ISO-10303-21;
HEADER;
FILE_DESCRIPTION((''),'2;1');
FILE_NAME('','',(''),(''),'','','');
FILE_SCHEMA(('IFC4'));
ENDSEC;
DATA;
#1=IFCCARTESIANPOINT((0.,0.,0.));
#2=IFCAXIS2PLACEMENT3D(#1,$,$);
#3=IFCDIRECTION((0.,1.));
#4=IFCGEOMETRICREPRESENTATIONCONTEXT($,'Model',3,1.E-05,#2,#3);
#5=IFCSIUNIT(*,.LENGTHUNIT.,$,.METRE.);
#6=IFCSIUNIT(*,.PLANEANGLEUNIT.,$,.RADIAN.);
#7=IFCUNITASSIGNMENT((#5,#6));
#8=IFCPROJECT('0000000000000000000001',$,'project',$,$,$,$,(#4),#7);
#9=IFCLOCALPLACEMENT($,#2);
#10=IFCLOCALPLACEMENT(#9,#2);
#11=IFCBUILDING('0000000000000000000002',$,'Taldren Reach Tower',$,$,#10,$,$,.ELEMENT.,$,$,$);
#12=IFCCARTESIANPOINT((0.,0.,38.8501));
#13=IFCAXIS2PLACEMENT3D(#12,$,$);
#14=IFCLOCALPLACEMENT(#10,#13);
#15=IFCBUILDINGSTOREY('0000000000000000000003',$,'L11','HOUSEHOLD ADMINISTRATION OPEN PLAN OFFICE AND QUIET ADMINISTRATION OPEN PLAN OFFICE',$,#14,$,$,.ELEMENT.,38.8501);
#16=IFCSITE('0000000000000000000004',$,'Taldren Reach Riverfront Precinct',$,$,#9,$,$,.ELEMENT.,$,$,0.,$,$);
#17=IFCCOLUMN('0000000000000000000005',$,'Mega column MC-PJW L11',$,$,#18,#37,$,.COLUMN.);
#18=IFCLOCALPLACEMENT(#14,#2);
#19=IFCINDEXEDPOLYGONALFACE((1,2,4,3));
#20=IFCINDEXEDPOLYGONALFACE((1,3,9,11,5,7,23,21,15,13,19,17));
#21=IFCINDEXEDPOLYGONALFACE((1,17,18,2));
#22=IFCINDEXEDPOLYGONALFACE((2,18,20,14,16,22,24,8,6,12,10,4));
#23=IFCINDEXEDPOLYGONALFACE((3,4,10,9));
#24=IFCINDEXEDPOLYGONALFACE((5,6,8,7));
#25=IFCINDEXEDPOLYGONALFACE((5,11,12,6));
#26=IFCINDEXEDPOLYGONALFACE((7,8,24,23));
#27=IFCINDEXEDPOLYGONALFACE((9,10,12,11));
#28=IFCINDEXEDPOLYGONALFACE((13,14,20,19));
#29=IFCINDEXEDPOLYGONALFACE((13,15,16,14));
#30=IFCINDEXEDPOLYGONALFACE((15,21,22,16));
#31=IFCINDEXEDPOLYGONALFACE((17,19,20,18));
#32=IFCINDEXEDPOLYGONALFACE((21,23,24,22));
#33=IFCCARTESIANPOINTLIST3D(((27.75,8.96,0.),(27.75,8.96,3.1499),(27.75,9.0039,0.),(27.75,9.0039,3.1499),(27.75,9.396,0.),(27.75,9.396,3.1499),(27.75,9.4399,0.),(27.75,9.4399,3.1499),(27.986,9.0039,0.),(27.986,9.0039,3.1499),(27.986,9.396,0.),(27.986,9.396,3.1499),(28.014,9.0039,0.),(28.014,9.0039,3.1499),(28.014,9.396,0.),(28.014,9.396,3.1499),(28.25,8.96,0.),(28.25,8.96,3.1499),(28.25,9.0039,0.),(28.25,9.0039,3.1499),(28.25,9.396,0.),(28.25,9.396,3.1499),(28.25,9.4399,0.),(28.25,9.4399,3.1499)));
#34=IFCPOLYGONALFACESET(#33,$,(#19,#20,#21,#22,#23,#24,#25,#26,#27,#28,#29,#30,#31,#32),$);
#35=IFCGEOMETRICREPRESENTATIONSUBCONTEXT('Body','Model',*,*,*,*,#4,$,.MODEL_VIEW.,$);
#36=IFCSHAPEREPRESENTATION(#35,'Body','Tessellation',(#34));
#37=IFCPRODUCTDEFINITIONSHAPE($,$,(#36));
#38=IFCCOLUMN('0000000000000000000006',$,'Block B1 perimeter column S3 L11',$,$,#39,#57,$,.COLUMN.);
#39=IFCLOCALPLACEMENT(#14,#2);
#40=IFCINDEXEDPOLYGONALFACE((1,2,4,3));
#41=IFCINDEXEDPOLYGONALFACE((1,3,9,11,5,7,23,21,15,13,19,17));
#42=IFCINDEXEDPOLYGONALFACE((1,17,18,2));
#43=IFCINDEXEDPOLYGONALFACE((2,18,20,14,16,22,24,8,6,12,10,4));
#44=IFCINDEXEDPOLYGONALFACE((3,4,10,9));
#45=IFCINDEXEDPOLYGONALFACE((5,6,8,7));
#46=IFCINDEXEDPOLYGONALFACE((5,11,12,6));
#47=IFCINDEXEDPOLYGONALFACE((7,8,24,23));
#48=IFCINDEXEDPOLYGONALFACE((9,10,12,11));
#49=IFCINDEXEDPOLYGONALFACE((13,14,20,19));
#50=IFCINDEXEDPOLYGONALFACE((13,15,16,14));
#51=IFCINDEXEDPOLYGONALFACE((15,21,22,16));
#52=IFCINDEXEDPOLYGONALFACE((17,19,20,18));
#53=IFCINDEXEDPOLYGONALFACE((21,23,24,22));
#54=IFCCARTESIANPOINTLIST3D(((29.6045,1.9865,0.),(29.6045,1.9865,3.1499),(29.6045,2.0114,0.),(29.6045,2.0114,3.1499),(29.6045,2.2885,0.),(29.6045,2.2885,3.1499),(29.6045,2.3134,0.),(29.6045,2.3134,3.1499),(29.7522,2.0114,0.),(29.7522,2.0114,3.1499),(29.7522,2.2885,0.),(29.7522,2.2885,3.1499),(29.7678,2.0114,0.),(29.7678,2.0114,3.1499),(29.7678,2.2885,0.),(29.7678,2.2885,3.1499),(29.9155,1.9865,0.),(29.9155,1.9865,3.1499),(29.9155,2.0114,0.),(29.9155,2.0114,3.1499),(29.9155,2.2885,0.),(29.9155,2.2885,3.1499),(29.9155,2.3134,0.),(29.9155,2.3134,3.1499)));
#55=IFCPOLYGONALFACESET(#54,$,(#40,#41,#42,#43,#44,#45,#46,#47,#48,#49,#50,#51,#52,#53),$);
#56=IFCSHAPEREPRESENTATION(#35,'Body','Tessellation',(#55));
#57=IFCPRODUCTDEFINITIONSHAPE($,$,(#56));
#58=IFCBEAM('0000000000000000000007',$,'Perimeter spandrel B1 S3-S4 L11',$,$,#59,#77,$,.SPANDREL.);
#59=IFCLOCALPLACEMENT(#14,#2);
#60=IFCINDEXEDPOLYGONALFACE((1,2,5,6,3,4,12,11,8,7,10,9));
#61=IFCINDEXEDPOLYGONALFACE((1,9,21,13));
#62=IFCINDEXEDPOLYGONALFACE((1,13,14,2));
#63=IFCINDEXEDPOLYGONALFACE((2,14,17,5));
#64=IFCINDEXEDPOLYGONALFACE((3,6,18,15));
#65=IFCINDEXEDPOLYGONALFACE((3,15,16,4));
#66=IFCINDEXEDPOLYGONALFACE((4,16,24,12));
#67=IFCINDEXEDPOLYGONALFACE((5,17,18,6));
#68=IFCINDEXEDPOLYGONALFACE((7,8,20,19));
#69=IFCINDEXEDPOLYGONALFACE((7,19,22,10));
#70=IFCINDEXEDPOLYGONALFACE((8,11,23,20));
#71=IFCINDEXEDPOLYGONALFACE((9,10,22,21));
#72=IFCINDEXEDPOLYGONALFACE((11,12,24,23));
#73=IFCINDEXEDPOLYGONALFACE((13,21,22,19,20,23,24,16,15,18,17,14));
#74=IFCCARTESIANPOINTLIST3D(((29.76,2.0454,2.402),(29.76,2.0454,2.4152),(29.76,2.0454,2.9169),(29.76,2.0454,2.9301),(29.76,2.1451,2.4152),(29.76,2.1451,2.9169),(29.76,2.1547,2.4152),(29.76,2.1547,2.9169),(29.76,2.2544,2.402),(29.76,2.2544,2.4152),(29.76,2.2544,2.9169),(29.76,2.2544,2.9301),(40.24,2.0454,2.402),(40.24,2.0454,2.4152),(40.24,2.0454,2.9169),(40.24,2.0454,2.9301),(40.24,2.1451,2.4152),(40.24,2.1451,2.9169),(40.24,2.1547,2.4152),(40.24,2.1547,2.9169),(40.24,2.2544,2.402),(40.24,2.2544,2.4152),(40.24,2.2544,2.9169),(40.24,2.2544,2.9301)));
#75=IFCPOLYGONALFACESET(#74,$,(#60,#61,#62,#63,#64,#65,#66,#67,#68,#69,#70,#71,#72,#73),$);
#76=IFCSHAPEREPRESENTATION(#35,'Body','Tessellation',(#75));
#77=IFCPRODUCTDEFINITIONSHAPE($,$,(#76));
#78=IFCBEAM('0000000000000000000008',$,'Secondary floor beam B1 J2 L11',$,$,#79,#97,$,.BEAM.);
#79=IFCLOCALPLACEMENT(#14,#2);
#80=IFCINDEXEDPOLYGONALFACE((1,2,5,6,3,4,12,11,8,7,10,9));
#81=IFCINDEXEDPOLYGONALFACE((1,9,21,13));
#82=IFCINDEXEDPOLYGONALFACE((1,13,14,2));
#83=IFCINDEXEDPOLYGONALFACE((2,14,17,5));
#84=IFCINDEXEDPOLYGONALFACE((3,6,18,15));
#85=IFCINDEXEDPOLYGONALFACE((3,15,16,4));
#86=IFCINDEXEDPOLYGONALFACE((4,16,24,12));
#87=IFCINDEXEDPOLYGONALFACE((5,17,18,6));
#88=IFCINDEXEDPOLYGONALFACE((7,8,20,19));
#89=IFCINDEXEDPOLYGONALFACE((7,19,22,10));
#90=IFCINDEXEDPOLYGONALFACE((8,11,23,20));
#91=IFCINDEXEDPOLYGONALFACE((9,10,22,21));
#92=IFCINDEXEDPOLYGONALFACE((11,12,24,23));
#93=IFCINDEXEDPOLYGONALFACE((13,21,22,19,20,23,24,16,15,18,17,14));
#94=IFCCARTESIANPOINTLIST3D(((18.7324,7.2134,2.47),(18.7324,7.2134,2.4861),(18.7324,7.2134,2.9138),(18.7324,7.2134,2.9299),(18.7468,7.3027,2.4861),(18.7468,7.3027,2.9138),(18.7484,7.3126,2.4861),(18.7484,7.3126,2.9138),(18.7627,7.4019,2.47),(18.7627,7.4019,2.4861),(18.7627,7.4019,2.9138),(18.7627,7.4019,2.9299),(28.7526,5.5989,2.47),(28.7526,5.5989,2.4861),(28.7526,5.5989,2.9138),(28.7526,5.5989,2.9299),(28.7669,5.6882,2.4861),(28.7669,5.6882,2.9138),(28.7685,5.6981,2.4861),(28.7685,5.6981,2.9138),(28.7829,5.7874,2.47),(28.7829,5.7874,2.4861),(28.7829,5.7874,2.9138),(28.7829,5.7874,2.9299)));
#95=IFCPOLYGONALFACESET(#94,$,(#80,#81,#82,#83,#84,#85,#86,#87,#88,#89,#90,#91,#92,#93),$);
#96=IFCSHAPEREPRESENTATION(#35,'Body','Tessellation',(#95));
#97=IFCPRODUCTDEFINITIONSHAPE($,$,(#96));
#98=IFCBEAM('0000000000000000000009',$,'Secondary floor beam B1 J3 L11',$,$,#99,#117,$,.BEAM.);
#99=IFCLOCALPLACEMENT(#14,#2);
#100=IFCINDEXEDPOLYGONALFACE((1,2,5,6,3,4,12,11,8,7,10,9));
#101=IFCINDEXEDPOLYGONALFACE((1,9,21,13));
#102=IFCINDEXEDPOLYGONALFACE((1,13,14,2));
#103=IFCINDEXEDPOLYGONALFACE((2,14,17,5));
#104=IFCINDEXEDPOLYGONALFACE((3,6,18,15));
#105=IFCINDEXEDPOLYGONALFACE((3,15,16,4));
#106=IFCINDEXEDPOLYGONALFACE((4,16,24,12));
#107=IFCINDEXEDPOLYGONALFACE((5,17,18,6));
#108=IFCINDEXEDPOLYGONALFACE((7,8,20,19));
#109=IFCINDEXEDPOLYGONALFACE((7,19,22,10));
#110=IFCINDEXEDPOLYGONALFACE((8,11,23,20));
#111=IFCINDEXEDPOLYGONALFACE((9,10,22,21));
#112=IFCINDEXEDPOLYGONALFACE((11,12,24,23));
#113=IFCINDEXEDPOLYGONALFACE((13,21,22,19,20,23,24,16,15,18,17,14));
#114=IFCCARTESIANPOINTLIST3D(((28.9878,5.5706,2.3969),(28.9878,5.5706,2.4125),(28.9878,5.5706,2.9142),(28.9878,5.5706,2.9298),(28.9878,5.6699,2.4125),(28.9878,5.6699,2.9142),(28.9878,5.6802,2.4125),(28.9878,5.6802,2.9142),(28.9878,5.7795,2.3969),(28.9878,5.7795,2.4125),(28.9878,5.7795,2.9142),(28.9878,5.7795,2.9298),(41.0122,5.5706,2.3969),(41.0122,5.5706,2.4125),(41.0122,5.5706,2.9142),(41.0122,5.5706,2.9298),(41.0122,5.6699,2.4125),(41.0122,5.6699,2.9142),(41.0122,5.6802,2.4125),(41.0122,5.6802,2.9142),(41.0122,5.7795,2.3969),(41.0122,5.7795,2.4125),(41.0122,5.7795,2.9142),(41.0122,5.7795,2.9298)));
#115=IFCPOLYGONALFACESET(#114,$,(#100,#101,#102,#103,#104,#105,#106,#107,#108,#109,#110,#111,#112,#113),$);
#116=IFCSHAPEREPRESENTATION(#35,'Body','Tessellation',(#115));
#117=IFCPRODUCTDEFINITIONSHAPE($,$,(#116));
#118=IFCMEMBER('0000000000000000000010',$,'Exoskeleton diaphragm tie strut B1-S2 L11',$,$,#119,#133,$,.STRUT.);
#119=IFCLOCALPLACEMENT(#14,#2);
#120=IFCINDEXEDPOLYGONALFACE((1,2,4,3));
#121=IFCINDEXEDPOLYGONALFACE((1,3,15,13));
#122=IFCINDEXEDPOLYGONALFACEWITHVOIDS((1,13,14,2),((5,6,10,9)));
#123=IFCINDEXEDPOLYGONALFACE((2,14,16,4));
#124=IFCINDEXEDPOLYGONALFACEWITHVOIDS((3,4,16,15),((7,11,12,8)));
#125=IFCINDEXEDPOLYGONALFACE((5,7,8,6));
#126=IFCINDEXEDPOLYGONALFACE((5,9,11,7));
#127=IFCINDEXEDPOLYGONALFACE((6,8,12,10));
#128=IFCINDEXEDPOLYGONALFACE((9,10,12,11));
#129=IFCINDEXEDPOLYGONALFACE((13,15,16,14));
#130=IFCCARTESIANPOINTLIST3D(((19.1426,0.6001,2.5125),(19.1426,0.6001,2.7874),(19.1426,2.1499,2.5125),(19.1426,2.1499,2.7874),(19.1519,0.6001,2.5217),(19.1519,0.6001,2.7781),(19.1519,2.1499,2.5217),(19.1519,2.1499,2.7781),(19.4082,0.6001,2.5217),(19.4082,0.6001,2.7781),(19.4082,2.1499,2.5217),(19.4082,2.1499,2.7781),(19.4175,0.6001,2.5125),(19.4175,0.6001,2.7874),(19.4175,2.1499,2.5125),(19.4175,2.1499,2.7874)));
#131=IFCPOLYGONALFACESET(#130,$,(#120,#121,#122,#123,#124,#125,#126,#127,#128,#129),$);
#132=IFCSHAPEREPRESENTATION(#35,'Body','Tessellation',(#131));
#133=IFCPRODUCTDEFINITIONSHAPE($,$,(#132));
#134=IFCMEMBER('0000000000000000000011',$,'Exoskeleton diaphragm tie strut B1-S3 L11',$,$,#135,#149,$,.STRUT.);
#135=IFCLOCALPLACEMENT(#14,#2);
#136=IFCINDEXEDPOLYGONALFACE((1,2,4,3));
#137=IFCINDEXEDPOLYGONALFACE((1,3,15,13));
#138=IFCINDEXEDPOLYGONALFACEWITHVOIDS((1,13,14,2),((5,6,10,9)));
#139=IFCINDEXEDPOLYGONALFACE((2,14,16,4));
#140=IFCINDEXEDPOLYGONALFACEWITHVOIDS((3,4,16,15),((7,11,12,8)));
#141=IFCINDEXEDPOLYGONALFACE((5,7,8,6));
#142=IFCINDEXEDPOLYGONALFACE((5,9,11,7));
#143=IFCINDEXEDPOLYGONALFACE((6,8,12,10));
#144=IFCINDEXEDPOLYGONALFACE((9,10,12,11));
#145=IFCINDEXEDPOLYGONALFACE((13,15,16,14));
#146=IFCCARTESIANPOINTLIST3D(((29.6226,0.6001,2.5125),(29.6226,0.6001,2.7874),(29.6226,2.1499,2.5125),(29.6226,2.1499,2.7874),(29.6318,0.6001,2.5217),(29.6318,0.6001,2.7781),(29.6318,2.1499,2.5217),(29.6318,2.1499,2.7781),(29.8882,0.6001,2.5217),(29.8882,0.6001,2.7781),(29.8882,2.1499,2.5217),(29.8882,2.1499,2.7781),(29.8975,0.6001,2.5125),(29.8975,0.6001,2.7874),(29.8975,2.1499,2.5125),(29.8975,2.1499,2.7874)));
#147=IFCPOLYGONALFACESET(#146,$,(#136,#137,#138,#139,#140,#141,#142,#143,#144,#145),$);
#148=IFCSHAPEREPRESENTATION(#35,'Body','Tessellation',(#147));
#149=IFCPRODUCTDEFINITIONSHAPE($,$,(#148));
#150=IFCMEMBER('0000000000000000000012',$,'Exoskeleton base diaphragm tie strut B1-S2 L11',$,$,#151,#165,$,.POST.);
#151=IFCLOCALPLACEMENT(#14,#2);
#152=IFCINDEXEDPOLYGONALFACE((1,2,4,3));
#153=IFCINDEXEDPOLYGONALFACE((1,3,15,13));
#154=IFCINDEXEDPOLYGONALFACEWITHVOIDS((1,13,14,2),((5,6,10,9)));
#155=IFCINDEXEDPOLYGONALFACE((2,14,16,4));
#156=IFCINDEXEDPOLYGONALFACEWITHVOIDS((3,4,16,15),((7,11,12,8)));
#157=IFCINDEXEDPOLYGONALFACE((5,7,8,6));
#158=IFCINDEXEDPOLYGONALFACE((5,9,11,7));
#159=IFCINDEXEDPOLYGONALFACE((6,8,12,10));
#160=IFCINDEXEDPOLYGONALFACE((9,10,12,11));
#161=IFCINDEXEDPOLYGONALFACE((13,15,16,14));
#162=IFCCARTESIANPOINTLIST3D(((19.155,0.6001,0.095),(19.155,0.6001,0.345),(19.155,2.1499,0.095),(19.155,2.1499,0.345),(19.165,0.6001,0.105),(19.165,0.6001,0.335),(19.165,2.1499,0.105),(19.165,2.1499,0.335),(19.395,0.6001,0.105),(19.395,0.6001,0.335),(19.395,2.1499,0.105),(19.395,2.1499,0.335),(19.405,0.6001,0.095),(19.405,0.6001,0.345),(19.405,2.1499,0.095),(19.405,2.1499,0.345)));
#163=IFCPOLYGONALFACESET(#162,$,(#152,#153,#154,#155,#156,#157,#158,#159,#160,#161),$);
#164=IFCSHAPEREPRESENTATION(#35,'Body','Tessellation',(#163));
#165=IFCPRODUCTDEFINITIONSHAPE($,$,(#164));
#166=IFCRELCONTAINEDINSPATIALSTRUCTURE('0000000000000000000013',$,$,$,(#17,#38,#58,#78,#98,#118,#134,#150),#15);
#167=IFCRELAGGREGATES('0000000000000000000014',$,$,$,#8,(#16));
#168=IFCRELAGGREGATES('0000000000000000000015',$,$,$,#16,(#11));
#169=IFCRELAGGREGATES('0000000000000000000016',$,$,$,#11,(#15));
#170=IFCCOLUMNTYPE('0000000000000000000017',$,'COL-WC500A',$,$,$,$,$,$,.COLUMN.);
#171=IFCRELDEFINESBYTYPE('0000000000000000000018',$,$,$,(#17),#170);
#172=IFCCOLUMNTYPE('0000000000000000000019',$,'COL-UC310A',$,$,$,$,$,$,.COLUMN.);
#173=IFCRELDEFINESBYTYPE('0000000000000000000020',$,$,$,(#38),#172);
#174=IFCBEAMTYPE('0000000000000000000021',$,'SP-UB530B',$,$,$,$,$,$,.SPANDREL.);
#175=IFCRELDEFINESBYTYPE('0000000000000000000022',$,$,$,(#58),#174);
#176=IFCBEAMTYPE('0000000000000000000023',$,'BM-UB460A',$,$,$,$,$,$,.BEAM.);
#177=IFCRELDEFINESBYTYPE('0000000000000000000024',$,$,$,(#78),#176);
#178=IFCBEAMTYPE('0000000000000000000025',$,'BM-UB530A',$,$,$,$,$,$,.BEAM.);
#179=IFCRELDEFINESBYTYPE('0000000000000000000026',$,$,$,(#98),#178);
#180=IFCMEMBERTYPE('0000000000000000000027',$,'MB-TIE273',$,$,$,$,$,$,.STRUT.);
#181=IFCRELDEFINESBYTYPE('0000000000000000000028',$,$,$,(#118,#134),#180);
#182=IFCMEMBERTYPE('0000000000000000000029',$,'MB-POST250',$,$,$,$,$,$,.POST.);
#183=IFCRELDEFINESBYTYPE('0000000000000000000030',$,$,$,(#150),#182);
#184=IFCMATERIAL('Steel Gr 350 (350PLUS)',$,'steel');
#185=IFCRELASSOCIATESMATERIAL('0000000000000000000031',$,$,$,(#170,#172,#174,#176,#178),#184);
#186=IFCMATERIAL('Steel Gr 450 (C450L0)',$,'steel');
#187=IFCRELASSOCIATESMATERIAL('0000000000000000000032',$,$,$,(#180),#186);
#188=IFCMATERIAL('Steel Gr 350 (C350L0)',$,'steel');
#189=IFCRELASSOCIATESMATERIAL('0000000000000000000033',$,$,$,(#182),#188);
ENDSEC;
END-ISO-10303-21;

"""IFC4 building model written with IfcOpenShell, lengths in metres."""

from ifc_helpers import new_model, si_unit, direction, frame, origin, origin_2d, place, context, subcontext, project, spatial, hollow_rectangle, i_section, extrude, source, transform, mapped, material, material_profile, profile_set, type_object, element, save


model = new_model("IFC4")

# Units and contexts
model_context = context("Model", 3, precision=1e-05, world=origin(), true_north=direction((0.0, 1.0)))
body_context = subcontext(model_context, "Body", "Model", "MODEL_VIEW")
ifc_project = project(units=[si_unit("LENGTHUNIT", "METRE"), si_unit("PLANEANGLEUNIT", "RADIAN")], contexts=[model_context])

# Site, building, storey
site_placement = place(None, origin())
site = spatial("IfcSite", under=ifc_project, at=site_placement, Name="Taldren Reach Riverfront Precinct", CompositionType="ELEMENT", RefElevation=0.0)
building_placement = place(site_placement, origin())
building = spatial("IfcBuilding", under=site, at=building_placement, Name="Taldren Reach Tower", CompositionType="ELEMENT")
storey_placement = place(building_placement, frame((0.0, 0.0, 38.8501)))
storey = spatial("IfcBuildingStorey", under=building, at=storey_placement, Name="L11", Description="HOUSEHOLD ADMINISTRATION OPEN PLAN OFFICE AND QUIET ADMINISTRATION OPEN PLAN OFFICE", CompositionType="ELEMENT", Elevation=38.8501)

# Columns
ifc_material_1 = material(Name="Steel Gr 350 (350PLUS)", Category="steel")
ifc_material_profile_1 = material_profile(ifc_material_1, i_section(OverallWidth=0.5, OverallDepth=0.48, WebThickness=0.0281, FlangeThickness=0.0439, at=origin_2d()), Name="500WC440")
ifc_profile_set_1 = profile_set([ifc_material_profile_1], Name="Steel Gr 350 (350PLUS)")
column_type_1 = type_object("IfcColumnType", Name="COL-WC500A", PredefinedType="COLUMN", material=ifc_profile_set_1)
shared_shape_1 = source(origin(), body_context, "Body", "SweptSolid", [
    extrude(i_section(OverallWidth=0.5, OverallDepth=0.48, WebThickness=0.0281, FlangeThickness=0.0439, at=origin_2d()), origin(), (0.0, 0.0, 1.0), 3.1499),
])
column_1_placement = place(storey_placement, frame((28.0, 9.2, 0.0), z_axis=(0.0, 0.0, 1.0), x_axis=(1.0, 0.0, 0.0)))
element("IfcColumn", 1, at=column_1_placement, inside=storey, type_object=column_type_1, Name="Mega column MC-PJW L11", PredefinedType="COLUMN", context=body_context, shape_type="MappedRepresentation", body=[
    mapped(shared_shape_1, transform((0.0, 0.0, 0.0), scale=1.0)),
])
ifc_material_profile_2 = material_profile(ifc_material_1, i_section(OverallWidth=0.311, OverallDepth=0.3269, WebThickness=0.0156, FlangeThickness=0.0249, at=origin_2d()), Name="310UC158")
ifc_profile_set_2 = profile_set([ifc_material_profile_2], Name="Steel Gr 350 (350PLUS)")
column_type_2 = type_object("IfcColumnType", Name="COL-UC310A", PredefinedType="COLUMN", material=ifc_profile_set_2)
shared_shape_2 = source(origin(), body_context, "Body", "SweptSolid", [
    extrude(i_section(OverallWidth=0.311, OverallDepth=0.3269, WebThickness=0.0156, FlangeThickness=0.0249, at=origin_2d()), origin(), (0.0, 0.0, 1.0), 3.1499),
])
column_2_placement = place(storey_placement, frame((29.76, 2.1499, 0.0), z_axis=(0.0, 0.0, 1.0), x_axis=(1.0, 0.0, 0.0)))
element("IfcColumn", 2, at=column_2_placement, inside=storey, type_object=column_type_2, Name="Block B1 perimeter column S3 L11", PredefinedType="COLUMN", context=body_context, shape_type="MappedRepresentation", body=[
    mapped(shared_shape_2, transform((0.0, 0.0, 0.0), scale=1.0)),
])

# Beams
ifc_material_profile_3 = material_profile(ifc_material_1, i_section(OverallWidth=0.209, OverallDepth=0.5281, WebThickness=0.0095, FlangeThickness=0.0132, at=origin_2d()), Name="530UB82.0")
ifc_profile_set_3 = profile_set([ifc_material_profile_3], Name="Steel Gr 350 (350PLUS)")
beam_type_1 = type_object("IfcBeamType", Name="SP-UB530B", PredefinedType="SPANDREL", material=ifc_profile_set_3)
shared_shape_3 = source(origin(), body_context, "Body", "SweptSolid", [
    extrude(i_section(OverallWidth=0.209, OverallDepth=0.5281, WebThickness=0.0095, FlangeThickness=0.0132, at=origin_2d()), origin(), (0.0, 0.0, 1.0), 10.48),
])
beam_1_placement = place(storey_placement, frame((29.76, 2.1499, 2.666), z_axis=(1.0, 0.0, 0.0), x_axis=(0.0, 1.0, 0.0)))
element("IfcBeam", 3, at=beam_1_placement, inside=storey, type_object=beam_type_1, Name="Perimeter spandrel B1 S3-S4 L11", PredefinedType="SPANDREL", context=body_context, shape_type="MappedRepresentation", body=[
    mapped(shared_shape_3, transform((0.0, 0.0, 0.0), scale=1.0)),
])
ifc_material_profile_4 = material_profile(ifc_material_1, i_section(OverallWidth=0.1909, OverallDepth=0.46, WebThickness=0.01, FlangeThickness=0.0161, at=origin_2d()), Name="460UB82.1")
ifc_profile_set_4 = profile_set([ifc_material_profile_4], Name="Steel Gr 350 (350PLUS)")
beam_type_2 = type_object("IfcBeamType", Name="BM-UB460A", PredefinedType="BEAM", material=ifc_profile_set_4)
shared_shape_4 = source(origin(), body_context, "Body", "SweptSolid", [
    extrude(i_section(OverallWidth=0.1909, OverallDepth=0.46, WebThickness=0.01, FlangeThickness=0.0161, at=origin_2d()), origin(), (0.0, 0.0, 1.0), 10.1494),
])
beam_2_placement = place(storey_placement, frame((18.7476, 7.3076, 2.7), z_axis=(0.987267, -0.159072, 0.0), x_axis=(0.159072, 0.987267, 0.0)))
element("IfcBeam", 4, at=beam_2_placement, inside=storey, type_object=beam_type_2, Name="Secondary floor beam B1 J2 L11", PredefinedType="BEAM", context=body_context, shape_type="MappedRepresentation", body=[
    mapped(shared_shape_4, transform((0.0, 0.0, 0.0), scale=1.0)),
])
ifc_material_profile_5 = material_profile(ifc_material_1, i_section(OverallWidth=0.209, OverallDepth=0.533, WebThickness=0.0103, FlangeThickness=0.0156, at=origin_2d()), Name="530UB92.4")
ifc_profile_set_5 = profile_set([ifc_material_profile_5], Name="Steel Gr 350 (350PLUS)")
beam_type_3 = type_object("IfcBeamType", Name="BM-UB530A", PredefinedType="BEAM", material=ifc_profile_set_5)
shared_shape_5 = source(origin(), body_context, "Body", "SweptSolid", [
    extrude(i_section(OverallWidth=0.209, OverallDepth=0.533, WebThickness=0.0103, FlangeThickness=0.0156, at=origin_2d()), origin(), (0.0, 0.0, 1.0), 12.0244),
])
beam_3_placement = place(storey_placement, frame((28.9878, 5.675, 2.6633), z_axis=(1.0, 0.0, 0.0), x_axis=(0.0, 1.0, 0.0)))
element("IfcBeam", 5, at=beam_3_placement, inside=storey, type_object=beam_type_3, Name="Secondary floor beam B1 J3 L11", PredefinedType="BEAM", context=body_context, shape_type="MappedRepresentation", body=[
    mapped(shared_shape_5, transform((0.0, 0.0, 0.0), scale=1.0)),
])

# Members
ifc_material_2 = material(Name="Steel Gr 450 (C450L0)", Category="steel")
ifc_material_profile_6 = material_profile(ifc_material_2, hollow_rectangle(XDim=0.2749, YDim=0.2749, WallThickness=0.0093, at=origin_2d()), Name="275x275x9.3SHS")
ifc_profile_set_6 = profile_set([ifc_material_profile_6], Name="Steel Gr 450 (C450L0)")
member_type_1 = type_object("IfcMemberType", Name="MB-TIE273", PredefinedType="STRUT", material=ifc_profile_set_6)
shared_shape_6 = source(origin(), body_context, "Body", "SweptSolid", [
    extrude(hollow_rectangle(XDim=0.2749, YDim=0.2749, WallThickness=0.0093, at=origin_2d()), origin(), (0.0, 0.0, 1.0), 1.5498),
])
for number, where, z_axis, x_axis, name in (
    (6, (19.28, 2.1499, 2.6499), (0.0, -1.0, 0.0), (1.0, 0.0, 0.0), "Exoskeleton diaphragm tie strut B1-S2 L11"),
    (7, (29.76, 2.1499, 2.6499), (0.0, -1.0, 0.0), (1.0, 0.0, 0.0), "Exoskeleton diaphragm tie strut B1-S3 L11"),
):
    element("IfcMember", number, at=place(storey_placement, frame(where, z_axis=z_axis, x_axis=x_axis)), inside=storey, type_object=member_type_1, Name=name, PredefinedType="STRUT", context=body_context, shape_type="MappedRepresentation", body=[
        mapped(shared_shape_6, transform((0.0, 0.0, 0.0), scale=1.0)),
    ])
ifc_material_3 = material(Name="Steel Gr 350 (C350L0)", Category="steel")
ifc_material_profile_7 = material_profile(ifc_material_3, hollow_rectangle(XDim=0.25, YDim=0.25, WallThickness=0.01, at=origin_2d()), Name="250x250x10.0SHS")
ifc_profile_set_7 = profile_set([ifc_material_profile_7], Name="Steel Gr 350 (C350L0)")
member_type_2 = type_object("IfcMemberType", Name="MB-POST250", PredefinedType="POST", material=ifc_profile_set_7)
shared_shape_7 = source(origin(), body_context, "Body", "SweptSolid", [
    extrude(hollow_rectangle(XDim=0.25, YDim=0.25, WallThickness=0.01, at=origin_2d()), origin(), (0.0, 0.0, 1.0), 1.5498),
])
for number, where, z_axis, x_axis, name in (
    (8, (19.28, 2.1499, 0.22), (0.0, -1.0, 0.0), (1.0, 0.0, 0.0), "Exoskeleton base diaphragm tie strut B1-S2 L11"),
):
    element("IfcMember", number, at=place(storey_placement, frame(where, z_axis=z_axis, x_axis=x_axis)), inside=storey, type_object=member_type_2, Name=name, PredefinedType="POST", context=body_context, shape_type="MappedRepresentation", body=[
        mapped(shared_shape_7, transform((0.0, 0.0, 0.0), scale=1.0)),
    ])

save(model, "model.ifc")
